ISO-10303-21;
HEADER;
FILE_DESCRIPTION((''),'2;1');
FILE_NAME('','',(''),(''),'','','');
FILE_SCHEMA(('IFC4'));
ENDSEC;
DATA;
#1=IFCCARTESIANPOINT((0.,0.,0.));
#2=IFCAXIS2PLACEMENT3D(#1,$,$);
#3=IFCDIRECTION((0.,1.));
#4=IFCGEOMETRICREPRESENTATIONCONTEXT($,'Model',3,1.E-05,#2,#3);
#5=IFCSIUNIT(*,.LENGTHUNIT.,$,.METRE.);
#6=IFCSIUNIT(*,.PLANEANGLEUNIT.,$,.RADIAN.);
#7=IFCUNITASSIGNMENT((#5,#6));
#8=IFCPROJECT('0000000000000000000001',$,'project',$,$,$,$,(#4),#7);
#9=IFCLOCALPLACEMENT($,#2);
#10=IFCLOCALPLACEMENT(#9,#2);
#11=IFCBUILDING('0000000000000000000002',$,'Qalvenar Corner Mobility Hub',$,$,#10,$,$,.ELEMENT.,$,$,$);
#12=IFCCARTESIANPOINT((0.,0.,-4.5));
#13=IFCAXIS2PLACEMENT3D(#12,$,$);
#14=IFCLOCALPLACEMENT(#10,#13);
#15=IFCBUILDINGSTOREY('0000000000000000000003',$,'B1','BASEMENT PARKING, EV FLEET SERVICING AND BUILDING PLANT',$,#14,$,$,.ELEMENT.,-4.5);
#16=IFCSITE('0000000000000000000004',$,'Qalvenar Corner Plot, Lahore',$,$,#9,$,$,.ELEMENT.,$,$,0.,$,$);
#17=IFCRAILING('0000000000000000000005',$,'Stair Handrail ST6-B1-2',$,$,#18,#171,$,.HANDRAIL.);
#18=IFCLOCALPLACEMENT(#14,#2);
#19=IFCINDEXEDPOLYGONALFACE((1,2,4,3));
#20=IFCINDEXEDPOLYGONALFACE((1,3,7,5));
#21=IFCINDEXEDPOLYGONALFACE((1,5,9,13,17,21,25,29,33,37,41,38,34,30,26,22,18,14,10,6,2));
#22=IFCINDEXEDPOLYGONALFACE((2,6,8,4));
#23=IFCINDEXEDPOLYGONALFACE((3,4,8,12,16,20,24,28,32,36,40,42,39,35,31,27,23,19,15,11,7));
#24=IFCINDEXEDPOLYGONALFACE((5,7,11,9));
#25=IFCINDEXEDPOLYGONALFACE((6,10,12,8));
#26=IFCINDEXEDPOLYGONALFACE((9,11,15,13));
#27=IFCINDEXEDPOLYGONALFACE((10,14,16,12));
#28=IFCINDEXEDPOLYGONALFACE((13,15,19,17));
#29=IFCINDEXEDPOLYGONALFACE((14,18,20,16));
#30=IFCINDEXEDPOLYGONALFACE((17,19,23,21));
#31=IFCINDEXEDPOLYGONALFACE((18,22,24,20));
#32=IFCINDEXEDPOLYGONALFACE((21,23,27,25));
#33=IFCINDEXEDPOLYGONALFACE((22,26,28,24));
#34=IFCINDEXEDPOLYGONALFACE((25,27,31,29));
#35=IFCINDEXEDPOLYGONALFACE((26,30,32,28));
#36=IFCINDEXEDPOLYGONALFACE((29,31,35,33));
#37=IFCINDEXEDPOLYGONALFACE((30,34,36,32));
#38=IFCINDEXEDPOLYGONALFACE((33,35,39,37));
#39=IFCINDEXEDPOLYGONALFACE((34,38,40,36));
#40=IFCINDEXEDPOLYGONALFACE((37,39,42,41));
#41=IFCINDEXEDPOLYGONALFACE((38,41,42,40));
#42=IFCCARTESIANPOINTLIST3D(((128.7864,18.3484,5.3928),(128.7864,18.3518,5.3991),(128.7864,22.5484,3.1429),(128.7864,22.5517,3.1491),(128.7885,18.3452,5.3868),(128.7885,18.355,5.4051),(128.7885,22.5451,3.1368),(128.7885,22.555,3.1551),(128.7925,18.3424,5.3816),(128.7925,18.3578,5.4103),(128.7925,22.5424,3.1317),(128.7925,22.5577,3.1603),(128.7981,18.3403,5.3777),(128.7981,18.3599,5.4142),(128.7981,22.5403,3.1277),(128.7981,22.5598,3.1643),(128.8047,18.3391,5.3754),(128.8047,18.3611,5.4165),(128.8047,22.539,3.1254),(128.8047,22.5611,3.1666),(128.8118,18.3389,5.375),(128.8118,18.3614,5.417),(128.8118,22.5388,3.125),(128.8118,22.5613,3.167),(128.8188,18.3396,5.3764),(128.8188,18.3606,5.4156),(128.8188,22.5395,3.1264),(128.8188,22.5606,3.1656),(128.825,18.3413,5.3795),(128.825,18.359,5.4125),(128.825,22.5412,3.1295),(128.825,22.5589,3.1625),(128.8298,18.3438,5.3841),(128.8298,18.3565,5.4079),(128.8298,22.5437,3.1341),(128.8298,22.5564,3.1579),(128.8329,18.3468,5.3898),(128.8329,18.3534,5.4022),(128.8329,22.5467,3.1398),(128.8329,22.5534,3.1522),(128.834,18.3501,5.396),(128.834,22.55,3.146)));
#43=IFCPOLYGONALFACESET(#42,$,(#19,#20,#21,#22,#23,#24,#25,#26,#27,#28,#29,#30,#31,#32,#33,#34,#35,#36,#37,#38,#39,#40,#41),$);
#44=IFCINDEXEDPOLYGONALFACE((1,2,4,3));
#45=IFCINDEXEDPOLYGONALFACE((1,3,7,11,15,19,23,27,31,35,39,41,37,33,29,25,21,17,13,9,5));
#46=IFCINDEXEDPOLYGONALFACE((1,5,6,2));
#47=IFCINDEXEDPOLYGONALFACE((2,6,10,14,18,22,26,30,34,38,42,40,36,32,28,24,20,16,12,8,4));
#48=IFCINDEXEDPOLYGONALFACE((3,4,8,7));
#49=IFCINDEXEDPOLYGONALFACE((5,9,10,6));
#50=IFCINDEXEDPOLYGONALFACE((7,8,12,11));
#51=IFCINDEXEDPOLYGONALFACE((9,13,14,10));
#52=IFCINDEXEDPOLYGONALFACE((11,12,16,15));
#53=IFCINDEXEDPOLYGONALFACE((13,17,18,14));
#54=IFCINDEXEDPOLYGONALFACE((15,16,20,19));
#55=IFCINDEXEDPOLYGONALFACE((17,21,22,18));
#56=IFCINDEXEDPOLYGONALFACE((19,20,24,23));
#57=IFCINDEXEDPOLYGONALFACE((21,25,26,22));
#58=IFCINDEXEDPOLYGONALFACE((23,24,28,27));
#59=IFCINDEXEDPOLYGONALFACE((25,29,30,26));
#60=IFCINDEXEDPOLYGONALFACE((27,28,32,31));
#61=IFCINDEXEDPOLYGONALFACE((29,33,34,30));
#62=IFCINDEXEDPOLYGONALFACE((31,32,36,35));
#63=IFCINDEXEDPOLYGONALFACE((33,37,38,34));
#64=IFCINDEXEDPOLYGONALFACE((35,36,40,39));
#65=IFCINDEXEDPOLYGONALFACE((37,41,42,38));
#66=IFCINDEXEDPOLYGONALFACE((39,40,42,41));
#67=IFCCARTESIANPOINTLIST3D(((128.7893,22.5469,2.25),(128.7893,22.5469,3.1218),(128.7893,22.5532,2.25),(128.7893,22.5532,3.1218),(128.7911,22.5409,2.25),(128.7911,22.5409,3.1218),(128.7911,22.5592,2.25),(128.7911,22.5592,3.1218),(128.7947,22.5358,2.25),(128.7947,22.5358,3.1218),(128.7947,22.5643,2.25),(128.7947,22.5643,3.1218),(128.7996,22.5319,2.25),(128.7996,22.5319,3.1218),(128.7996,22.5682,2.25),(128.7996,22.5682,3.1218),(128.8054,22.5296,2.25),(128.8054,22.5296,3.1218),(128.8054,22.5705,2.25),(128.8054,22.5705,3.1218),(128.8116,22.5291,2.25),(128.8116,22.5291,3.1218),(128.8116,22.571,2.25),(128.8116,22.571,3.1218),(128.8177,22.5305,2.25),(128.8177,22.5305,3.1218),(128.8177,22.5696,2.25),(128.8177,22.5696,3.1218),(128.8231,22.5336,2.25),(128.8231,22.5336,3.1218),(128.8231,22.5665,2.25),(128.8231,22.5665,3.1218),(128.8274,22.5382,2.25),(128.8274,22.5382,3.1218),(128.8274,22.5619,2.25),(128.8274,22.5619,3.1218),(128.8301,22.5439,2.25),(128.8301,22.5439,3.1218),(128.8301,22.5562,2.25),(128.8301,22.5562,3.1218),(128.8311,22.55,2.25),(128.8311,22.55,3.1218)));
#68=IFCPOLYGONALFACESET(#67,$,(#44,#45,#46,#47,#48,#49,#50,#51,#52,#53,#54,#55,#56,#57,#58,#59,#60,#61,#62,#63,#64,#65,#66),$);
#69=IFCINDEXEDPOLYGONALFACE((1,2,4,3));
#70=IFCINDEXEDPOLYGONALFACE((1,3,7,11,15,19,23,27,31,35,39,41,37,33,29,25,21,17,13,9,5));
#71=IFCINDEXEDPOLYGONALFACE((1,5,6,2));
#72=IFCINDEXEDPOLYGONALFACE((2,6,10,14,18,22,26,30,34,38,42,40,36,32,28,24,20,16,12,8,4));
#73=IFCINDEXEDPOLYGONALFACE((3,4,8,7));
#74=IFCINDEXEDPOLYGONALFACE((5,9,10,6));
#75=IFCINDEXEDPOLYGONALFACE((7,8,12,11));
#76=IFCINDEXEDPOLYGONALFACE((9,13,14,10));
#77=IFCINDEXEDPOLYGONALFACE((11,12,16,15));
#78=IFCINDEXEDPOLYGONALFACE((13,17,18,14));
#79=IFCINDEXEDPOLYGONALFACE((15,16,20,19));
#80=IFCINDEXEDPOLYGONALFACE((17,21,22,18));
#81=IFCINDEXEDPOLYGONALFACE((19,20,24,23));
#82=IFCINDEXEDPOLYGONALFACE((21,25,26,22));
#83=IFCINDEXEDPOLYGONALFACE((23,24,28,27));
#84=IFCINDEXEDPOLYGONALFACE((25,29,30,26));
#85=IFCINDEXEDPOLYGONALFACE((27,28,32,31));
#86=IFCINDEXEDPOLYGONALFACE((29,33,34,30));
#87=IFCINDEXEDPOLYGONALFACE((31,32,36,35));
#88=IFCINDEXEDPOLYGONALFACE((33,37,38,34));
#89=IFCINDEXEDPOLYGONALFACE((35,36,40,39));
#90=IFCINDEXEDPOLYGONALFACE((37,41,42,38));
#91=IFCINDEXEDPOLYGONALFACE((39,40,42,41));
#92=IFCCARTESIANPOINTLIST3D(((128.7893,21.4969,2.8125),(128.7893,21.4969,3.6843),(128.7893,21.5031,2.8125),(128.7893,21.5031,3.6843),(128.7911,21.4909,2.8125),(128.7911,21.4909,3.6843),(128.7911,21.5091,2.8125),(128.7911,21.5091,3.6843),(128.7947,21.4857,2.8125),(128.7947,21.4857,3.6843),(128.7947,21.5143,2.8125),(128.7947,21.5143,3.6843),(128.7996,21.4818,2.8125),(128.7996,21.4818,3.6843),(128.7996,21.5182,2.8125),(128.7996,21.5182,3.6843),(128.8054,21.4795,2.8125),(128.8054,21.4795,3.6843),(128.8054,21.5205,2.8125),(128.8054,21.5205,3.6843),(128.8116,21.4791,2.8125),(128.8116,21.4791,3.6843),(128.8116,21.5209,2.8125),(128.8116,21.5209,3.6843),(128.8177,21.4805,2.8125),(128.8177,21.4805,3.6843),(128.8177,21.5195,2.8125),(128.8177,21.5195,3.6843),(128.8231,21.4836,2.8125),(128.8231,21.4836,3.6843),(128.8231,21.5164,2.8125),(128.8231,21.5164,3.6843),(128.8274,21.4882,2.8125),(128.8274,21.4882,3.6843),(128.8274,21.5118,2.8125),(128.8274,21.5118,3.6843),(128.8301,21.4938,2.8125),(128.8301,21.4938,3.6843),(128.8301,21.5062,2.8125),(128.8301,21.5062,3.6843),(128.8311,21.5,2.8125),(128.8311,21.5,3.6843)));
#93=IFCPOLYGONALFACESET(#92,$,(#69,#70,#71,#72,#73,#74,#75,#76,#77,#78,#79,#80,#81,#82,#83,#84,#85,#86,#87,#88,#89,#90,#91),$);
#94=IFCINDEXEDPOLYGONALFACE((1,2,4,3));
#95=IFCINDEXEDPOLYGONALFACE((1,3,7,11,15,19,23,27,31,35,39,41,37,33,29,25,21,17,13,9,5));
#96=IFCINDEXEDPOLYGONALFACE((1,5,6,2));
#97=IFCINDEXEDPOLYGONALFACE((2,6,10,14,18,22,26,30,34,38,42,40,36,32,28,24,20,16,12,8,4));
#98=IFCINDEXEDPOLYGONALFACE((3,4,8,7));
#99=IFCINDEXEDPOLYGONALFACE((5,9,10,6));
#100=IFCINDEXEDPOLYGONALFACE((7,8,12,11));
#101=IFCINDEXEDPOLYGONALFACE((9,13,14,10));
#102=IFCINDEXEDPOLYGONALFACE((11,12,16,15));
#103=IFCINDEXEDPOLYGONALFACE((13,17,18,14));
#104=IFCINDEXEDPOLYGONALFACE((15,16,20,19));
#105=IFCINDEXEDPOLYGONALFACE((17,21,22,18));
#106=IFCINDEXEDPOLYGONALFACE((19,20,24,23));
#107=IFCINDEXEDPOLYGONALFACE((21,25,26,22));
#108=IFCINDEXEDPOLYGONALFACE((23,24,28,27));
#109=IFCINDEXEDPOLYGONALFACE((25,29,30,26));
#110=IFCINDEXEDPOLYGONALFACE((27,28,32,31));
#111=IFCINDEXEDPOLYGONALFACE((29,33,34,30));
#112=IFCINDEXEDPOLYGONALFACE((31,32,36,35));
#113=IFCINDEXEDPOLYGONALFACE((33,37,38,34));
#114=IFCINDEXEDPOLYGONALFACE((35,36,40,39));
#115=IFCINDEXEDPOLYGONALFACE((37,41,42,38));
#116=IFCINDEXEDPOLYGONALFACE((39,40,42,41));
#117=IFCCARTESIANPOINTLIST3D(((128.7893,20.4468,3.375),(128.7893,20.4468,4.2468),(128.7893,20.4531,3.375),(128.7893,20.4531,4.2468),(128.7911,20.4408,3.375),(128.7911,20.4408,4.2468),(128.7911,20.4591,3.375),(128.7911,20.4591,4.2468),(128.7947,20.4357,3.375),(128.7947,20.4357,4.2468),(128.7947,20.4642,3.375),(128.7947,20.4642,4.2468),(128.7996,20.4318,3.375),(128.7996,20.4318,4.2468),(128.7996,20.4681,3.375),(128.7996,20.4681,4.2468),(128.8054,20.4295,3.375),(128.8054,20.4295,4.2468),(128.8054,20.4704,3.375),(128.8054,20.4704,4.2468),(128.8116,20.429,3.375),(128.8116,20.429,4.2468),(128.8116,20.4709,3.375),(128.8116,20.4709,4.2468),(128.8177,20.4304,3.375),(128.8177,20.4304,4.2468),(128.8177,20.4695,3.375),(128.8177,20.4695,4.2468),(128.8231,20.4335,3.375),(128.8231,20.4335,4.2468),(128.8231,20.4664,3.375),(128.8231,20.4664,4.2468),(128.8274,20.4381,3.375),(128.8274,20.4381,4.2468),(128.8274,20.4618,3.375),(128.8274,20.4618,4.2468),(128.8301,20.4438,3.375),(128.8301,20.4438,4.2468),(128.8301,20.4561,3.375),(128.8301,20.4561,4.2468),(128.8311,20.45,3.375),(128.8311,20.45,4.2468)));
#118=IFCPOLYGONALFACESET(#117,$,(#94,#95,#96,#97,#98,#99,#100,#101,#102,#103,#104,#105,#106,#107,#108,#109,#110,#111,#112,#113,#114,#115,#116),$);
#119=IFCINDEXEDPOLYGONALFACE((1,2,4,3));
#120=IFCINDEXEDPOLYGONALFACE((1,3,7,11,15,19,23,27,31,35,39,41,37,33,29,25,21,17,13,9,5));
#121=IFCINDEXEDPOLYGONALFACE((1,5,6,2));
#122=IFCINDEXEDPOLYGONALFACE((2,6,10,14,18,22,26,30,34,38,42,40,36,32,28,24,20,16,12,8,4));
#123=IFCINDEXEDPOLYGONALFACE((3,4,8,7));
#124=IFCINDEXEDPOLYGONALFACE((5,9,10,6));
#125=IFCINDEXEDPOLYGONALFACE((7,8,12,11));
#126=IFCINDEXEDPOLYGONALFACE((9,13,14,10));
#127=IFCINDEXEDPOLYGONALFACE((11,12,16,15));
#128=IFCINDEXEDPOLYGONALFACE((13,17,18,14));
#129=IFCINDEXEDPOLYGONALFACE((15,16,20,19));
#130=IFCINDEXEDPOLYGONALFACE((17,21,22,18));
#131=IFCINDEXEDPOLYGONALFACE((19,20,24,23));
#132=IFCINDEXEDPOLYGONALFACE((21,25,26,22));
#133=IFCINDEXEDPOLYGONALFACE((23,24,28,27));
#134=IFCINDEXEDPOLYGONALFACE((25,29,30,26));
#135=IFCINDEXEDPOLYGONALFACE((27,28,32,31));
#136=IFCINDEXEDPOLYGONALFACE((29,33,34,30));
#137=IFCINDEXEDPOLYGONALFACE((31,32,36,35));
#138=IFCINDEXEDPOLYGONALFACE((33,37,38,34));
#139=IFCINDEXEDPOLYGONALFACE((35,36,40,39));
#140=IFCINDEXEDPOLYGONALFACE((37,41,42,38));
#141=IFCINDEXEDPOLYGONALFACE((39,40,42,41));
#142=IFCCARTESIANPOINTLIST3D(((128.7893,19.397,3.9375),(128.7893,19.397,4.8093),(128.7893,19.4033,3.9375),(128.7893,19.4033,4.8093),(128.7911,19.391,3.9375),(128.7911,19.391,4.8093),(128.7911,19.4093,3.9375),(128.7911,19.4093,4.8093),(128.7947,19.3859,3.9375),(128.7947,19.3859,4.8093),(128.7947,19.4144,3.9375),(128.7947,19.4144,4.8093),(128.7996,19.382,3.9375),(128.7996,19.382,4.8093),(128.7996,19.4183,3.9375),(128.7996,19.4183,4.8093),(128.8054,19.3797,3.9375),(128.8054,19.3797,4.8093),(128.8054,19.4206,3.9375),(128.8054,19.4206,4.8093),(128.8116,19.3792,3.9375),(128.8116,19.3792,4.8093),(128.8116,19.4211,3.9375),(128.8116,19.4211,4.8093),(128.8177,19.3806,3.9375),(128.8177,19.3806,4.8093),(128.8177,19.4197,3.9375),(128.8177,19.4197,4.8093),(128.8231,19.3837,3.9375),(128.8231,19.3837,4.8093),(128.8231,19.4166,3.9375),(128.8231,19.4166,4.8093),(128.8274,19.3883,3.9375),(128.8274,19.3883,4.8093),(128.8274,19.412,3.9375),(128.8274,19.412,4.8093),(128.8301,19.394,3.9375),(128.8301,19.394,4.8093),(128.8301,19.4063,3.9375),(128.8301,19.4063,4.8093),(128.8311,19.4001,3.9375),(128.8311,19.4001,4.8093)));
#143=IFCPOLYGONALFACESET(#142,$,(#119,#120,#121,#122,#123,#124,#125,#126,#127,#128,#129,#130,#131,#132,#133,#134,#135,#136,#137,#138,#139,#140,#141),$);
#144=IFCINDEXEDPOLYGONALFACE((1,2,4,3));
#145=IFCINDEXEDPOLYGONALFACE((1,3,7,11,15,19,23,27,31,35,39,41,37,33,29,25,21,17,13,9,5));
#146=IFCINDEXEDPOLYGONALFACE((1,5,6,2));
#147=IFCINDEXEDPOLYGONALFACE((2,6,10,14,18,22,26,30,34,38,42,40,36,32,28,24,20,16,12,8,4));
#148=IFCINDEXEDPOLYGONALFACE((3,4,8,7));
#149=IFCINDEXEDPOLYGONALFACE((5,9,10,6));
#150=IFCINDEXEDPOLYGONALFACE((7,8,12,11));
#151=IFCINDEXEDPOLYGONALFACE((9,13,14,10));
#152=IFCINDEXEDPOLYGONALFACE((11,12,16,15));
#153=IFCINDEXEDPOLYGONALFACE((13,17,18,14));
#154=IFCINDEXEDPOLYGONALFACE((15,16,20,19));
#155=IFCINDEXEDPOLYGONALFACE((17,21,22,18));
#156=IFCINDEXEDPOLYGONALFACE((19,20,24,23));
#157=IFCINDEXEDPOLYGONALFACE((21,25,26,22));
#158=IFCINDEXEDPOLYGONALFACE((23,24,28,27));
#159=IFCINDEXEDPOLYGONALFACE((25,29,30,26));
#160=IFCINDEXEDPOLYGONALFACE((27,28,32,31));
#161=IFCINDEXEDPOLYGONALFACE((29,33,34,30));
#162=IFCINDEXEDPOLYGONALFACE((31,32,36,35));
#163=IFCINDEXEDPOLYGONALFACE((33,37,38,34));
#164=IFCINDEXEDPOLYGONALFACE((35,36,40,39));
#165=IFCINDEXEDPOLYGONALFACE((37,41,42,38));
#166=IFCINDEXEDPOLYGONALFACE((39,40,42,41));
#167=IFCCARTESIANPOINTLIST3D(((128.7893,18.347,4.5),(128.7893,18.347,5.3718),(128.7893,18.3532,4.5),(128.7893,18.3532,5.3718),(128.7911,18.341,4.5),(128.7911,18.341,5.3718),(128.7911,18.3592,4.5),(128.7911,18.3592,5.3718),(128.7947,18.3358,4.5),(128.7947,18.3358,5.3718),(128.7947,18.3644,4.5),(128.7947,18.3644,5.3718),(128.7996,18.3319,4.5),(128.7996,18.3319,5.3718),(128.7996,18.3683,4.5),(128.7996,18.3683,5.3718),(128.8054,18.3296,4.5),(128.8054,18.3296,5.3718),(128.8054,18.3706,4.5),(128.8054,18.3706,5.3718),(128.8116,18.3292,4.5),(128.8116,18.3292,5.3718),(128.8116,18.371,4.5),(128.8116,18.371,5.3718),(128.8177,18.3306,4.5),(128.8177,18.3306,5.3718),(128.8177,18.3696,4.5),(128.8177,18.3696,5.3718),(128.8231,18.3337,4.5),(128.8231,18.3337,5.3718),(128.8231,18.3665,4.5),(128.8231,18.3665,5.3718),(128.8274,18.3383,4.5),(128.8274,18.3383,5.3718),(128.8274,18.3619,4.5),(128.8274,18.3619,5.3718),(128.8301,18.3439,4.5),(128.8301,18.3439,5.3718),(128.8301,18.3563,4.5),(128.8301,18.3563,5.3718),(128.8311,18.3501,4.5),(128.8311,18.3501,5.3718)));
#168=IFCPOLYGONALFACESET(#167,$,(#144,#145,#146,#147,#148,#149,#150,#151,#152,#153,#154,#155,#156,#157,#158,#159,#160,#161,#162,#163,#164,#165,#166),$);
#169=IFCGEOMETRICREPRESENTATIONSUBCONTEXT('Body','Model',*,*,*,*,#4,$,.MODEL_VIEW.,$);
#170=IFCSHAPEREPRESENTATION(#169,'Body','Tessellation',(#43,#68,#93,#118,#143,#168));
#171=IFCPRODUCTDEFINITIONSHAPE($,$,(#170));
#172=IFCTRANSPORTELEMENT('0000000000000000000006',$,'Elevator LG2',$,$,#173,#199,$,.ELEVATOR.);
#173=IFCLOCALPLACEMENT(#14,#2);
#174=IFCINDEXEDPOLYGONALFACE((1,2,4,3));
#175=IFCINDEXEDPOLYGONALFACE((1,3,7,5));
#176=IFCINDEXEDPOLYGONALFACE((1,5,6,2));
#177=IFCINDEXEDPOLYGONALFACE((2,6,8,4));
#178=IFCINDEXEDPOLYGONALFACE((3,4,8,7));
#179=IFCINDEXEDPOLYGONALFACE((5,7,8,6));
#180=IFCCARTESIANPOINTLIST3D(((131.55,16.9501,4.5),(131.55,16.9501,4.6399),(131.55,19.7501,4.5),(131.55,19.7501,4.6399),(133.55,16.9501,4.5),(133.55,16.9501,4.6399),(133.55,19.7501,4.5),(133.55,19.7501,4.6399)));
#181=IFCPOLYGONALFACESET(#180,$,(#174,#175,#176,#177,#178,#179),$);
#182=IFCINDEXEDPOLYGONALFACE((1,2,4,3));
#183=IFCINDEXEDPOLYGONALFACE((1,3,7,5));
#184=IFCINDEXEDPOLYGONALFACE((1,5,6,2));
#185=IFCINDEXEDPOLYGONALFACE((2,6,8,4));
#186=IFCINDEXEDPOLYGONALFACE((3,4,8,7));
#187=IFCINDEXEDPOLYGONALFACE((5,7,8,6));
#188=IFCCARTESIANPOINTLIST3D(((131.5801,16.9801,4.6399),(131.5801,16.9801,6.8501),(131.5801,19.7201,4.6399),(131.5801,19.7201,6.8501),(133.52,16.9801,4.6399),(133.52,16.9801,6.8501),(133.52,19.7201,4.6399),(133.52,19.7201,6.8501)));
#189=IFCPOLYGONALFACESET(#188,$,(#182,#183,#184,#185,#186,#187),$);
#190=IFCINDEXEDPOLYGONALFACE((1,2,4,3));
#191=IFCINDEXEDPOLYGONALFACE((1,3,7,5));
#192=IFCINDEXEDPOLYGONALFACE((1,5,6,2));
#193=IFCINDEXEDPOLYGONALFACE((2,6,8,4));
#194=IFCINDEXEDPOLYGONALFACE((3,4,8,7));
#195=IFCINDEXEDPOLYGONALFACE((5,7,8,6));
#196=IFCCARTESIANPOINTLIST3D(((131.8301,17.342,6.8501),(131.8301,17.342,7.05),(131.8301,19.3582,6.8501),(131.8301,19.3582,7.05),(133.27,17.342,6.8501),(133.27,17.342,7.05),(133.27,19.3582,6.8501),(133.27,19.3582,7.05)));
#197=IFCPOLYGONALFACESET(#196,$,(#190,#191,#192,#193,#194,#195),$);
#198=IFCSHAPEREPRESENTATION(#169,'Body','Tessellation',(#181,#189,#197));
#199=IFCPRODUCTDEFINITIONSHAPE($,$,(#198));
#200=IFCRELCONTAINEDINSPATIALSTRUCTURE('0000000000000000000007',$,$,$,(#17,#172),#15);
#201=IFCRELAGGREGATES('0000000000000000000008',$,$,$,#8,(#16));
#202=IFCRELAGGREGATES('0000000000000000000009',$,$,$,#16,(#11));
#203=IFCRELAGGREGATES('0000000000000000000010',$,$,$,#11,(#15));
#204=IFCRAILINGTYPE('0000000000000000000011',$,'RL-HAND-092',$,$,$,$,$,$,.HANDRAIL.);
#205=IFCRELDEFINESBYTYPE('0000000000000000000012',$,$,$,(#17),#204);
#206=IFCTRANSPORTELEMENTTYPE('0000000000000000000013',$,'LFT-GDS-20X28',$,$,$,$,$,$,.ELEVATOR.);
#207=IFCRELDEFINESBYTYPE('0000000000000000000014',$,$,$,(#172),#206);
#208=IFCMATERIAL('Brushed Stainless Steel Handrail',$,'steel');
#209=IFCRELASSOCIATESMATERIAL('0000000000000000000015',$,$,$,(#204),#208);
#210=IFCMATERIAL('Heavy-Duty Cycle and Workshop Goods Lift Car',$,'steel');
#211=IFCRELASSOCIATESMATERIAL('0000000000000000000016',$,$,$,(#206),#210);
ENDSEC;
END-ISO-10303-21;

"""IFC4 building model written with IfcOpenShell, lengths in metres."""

from ifc_helpers import new_model, si_unit, direction, frame, origin, origin_2d, place, context, subcontext, project, spatial, rectangle, circle, extrude, material, type_object, element, save


model = new_model("IFC4")

# Units and contexts
model_context = context("Model", 3, precision=1e-05, world=origin(), true_north=direction((0.0, 1.0)))
body_context = subcontext(model_context, "Body", "Model", "MODEL_VIEW")
ifc_project = project(units=[si_unit("LENGTHUNIT", "METRE"), si_unit("PLANEANGLEUNIT", "RADIAN")], contexts=[model_context])

# Site, building, storey
site_placement = place(None, origin())
site = spatial("IfcSite", under=ifc_project, at=site_placement, Name="Qalvenar Corner Plot, Lahore", CompositionType="ELEMENT", RefElevation=0.0)
building_placement = place(site_placement, origin())
building = spatial("IfcBuilding", under=site, at=building_placement, Name="Qalvenar Corner Mobility Hub", CompositionType="ELEMENT")
storey_placement = place(building_placement, frame((0.0, 0.0, -4.5)))
storey = spatial("IfcBuildingStorey", under=building, at=storey_placement, Name="B1", Description="BASEMENT PARKING, EV FLEET SERVICING AND BUILDING PLANT", CompositionType="ELEMENT", Elevation=-4.5)

# Railing
ifc_material_1 = material(Name="Brushed Stainless Steel Handrail", Category="steel")
railing_type_1 = type_object("IfcRailingType", Name="RL-HAND-092", PredefinedType="HANDRAIL", material=ifc_material_1)
railing_1_placement = place(storey_placement, frame((128.8101, 22.55, 2.25)))
element("IfcRailing", 1, at=railing_1_placement, inside=storey, type_object=railing_type_1, Name="Stair Handrail ST6-B1-2", PredefinedType="HANDRAIL", context=body_context, shape_type="SweptSolid", body=[
    extrude(circle(Radius=0.0239, at=origin_2d()), frame((0.0, 0.0, 0.896), z_axis=(0.0, -0.881478, 0.472226), x_axis=(1.0, 0.0, 0.0)), (0.0, 0.0, 1.0), 4.7646),
    extrude(circle(Radius=0.021, at=origin_2d()), origin(), (0.0, 0.0, 1.0), 0.8718),
    extrude(circle(Radius=0.021, at=origin_2d()), frame((0.0, -1.05, 0.5625)), (0.0, 0.0, 1.0), 0.8718),
    extrude(circle(Radius=0.021, at=origin_2d()), frame((0.0, -2.1001, 1.125)), (0.0, 0.0, 1.0), 0.8718),
    extrude(circle(Radius=0.021, at=origin_2d()), frame((0.0, -3.1499, 1.6875)), (0.0, 0.0, 1.0), 0.8718),
    extrude(circle(Radius=0.021, at=origin_2d()), frame((0.0, -4.2, 2.25)), (0.0, 0.0, 1.0), 0.8718),
])

# Transport element
ifc_material_2 = material(Name="Heavy-Duty Cycle and Workshop Goods Lift Car", Category="steel")
transport_element_type = type_object("IfcTransportElementType", Name="LFT-GDS-20X28", PredefinedType="ELEVATOR", material=ifc_material_2)
transport_element_placement = place(storey_placement, frame((132.55, 18.3501, 4.5)))
element("IfcTransportElement", 2, at=transport_element_placement, inside=storey, type_object=transport_element_type, Name="Elevator LG2", PredefinedType="ELEVATOR", context=body_context, shape_type="SweptSolid", body=[
    extrude(rectangle(XDim=2.0, YDim=2.8, at=origin_2d()), origin(), (0.0, 0.0, 1.0), 0.1399),
    extrude(rectangle(XDim=1.9399, YDim=2.74, at=origin_2d()), frame((0.0, 0.0, 0.1399)), (0.0, 0.0, 1.0), 2.2102),
    extrude(rectangle(XDim=1.4399, YDim=2.0161, at=origin_2d()), frame((0.0, 0.0, 2.3501)), (0.0, 0.0, 1.0), 0.2),
])

save(model, "model.ifc")
